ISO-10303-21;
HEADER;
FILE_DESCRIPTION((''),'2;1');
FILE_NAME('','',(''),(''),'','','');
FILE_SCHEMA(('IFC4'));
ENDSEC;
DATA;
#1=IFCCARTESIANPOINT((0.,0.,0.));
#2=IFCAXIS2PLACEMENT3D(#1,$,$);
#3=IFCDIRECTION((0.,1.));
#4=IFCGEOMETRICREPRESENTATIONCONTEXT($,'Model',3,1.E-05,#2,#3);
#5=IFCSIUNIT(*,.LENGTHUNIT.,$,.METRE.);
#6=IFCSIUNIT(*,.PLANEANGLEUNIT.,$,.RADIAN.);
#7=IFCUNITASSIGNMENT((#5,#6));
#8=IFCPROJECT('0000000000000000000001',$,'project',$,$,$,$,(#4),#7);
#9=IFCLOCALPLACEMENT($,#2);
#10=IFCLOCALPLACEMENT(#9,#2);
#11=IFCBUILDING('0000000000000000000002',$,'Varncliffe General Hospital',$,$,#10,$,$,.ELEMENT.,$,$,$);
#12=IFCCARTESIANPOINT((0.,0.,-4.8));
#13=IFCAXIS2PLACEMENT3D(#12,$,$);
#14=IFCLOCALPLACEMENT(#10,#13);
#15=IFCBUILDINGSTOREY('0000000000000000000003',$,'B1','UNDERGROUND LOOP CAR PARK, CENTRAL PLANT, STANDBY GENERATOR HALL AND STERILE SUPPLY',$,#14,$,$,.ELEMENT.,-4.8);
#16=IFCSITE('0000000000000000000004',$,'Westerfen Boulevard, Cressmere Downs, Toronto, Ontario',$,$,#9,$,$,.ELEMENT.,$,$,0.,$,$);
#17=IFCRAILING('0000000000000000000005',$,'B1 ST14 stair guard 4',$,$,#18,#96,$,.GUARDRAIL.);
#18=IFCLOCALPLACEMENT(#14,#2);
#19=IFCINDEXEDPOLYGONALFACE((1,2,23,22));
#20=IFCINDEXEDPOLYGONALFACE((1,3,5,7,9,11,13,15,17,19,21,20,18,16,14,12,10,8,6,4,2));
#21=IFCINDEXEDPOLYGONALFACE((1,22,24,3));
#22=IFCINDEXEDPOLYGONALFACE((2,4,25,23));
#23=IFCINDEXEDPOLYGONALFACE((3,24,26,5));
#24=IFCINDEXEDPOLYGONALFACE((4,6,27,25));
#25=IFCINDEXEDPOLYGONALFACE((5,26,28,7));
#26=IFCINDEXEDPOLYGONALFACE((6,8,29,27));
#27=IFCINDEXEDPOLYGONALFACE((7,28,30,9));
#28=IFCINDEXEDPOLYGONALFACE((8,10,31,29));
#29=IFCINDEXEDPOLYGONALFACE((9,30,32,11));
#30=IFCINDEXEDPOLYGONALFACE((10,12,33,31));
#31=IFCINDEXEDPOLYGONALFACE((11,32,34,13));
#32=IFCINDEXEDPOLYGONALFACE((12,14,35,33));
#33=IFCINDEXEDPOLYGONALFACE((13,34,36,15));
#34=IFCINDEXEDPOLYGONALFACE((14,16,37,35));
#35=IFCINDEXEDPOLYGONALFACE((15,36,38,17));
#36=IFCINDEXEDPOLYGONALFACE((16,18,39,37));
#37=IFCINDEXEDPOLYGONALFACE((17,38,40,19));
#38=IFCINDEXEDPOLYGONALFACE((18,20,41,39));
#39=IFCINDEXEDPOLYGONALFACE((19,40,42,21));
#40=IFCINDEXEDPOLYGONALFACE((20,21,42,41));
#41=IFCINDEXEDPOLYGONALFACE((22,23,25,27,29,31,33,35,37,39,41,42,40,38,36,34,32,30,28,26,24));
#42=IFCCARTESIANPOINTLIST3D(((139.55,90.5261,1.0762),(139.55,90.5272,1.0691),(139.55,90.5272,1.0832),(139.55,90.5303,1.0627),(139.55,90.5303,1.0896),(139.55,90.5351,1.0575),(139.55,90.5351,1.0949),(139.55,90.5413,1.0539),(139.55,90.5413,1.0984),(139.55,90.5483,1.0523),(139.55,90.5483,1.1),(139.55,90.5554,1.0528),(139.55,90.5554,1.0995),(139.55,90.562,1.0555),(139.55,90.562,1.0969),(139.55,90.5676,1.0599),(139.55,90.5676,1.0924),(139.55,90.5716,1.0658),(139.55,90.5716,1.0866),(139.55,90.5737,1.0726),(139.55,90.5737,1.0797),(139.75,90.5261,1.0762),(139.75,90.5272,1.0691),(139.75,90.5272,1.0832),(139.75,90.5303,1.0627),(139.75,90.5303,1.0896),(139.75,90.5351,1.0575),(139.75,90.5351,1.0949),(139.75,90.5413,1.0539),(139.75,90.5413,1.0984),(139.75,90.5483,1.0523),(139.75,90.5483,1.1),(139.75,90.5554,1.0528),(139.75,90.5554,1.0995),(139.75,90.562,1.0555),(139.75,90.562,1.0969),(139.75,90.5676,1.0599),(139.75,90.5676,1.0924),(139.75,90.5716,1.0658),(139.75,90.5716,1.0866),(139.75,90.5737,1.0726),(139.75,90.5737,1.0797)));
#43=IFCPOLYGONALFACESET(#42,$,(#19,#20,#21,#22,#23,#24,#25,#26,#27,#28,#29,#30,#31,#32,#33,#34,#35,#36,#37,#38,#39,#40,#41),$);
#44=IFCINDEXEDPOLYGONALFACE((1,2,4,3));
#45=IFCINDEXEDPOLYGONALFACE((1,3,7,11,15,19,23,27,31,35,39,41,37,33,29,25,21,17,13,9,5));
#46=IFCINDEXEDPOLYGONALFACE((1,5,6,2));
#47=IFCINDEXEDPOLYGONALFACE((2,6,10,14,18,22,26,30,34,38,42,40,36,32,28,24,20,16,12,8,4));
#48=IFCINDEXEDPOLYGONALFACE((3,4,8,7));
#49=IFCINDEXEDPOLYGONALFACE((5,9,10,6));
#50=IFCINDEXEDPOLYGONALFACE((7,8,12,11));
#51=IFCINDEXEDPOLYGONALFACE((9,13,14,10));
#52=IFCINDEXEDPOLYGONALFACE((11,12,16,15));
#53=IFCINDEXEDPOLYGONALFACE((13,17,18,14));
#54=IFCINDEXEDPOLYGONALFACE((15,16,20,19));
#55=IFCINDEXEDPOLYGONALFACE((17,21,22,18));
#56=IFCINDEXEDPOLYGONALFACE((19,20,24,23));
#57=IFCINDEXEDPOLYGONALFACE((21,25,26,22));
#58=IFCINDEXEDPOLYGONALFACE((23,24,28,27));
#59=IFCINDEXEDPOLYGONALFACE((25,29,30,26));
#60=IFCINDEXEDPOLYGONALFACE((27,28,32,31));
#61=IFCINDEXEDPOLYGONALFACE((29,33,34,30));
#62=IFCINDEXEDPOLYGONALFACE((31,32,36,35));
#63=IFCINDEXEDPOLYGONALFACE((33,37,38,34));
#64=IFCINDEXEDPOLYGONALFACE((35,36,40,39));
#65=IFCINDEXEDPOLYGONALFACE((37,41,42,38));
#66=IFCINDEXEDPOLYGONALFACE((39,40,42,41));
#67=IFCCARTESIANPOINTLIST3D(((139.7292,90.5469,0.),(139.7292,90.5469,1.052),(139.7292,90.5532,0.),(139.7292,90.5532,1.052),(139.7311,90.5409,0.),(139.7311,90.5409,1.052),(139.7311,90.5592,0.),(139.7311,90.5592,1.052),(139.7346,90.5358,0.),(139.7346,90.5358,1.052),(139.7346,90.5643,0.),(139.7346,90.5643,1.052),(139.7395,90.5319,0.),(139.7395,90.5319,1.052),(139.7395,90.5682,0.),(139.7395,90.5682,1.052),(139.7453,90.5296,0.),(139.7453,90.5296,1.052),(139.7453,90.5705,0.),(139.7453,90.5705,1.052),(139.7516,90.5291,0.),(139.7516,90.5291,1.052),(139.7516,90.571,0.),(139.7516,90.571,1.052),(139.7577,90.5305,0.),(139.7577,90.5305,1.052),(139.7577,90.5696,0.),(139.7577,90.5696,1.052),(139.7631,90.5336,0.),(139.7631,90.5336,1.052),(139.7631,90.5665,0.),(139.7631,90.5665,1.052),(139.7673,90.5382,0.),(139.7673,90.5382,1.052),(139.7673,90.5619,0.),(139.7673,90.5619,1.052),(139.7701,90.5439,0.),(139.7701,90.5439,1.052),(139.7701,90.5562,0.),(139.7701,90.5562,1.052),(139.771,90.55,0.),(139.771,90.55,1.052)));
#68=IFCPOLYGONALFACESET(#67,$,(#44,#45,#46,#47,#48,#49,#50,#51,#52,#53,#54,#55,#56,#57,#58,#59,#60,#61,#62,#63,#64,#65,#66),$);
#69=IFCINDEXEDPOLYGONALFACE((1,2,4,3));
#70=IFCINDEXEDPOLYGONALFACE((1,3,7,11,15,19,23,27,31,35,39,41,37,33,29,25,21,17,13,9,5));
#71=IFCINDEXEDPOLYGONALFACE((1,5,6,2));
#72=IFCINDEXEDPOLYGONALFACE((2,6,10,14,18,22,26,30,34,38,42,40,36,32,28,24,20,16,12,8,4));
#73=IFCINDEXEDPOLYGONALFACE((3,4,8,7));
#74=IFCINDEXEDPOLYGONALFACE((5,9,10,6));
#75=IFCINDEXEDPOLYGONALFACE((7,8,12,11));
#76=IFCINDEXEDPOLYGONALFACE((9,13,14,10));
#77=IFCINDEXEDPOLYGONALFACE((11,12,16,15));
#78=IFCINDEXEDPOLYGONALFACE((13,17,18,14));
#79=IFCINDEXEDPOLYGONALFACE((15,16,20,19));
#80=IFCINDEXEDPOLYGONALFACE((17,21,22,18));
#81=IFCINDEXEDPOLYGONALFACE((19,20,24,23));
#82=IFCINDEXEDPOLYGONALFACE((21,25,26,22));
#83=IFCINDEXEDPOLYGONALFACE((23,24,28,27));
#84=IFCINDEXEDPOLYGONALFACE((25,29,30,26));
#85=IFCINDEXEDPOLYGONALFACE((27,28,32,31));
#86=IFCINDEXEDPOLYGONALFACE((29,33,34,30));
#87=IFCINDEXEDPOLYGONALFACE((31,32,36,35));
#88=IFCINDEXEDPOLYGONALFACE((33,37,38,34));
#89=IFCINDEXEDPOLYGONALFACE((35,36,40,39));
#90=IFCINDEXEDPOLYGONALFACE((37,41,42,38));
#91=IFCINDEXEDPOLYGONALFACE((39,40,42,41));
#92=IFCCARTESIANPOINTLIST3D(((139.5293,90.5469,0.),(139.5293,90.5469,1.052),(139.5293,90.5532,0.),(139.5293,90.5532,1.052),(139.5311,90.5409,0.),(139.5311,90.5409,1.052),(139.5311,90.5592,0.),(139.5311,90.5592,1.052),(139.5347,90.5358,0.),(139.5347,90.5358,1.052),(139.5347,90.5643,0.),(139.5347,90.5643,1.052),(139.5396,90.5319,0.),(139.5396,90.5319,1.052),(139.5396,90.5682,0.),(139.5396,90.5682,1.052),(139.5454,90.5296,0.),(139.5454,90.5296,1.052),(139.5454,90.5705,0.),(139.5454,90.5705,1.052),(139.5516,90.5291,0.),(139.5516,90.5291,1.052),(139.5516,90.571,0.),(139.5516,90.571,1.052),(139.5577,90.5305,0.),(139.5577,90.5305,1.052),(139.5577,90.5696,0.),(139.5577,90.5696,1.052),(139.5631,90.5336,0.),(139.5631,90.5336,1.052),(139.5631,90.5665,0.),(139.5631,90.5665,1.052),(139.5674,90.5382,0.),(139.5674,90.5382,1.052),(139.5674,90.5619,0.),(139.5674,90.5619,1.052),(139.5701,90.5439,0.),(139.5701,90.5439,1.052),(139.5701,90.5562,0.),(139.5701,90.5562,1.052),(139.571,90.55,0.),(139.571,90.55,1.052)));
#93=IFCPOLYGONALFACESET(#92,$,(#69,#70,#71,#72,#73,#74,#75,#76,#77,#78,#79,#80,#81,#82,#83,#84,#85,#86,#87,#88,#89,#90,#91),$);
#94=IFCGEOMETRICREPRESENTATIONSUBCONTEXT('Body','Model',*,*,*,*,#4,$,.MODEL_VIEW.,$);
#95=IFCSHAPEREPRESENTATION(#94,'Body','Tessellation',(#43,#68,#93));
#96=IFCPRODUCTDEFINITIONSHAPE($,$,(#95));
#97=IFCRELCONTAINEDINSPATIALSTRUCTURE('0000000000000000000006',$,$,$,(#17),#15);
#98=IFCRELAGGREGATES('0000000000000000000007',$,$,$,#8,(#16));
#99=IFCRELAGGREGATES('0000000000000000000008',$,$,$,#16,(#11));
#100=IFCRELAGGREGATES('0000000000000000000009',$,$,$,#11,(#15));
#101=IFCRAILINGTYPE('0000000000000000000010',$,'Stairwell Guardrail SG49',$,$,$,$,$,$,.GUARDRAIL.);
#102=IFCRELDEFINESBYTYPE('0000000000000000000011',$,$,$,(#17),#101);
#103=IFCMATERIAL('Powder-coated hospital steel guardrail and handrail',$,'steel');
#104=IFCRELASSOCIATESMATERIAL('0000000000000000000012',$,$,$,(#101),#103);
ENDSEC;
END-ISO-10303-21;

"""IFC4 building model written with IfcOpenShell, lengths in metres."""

from ifc_helpers import new_model, si_unit, direction, frame, origin, origin_2d, place, context, subcontext, project, spatial, circle, extrude, material, type_object, element, save


model = new_model("IFC4")

# Units and contexts
model_context = context("Model", 3, precision=1e-05, world=origin(), true_north=direction((0.0, 1.0)))
body_context = subcontext(model_context, "Body", "Model", "MODEL_VIEW")
ifc_project = project(units=[si_unit("LENGTHUNIT", "METRE"), si_unit("PLANEANGLEUNIT", "RADIAN")], contexts=[model_context])

# Site, building, storey
site_placement = place(None, origin())
site = spatial("IfcSite", under=ifc_project, at=site_placement, Name="Westerfen Boulevard, Cressmere Downs, Toronto, Ontario", CompositionType="ELEMENT", RefElevation=0.0)
building_placement = place(site_placement, origin())
building = spatial("IfcBuilding", under=site, at=building_placement, Name="Varncliffe General Hospital", CompositionType="ELEMENT")
storey_placement = place(building_placement, frame((0.0, 0.0, -4.8)))
storey = spatial("IfcBuildingStorey", under=building, at=storey_placement, Name="B1", Description="UNDERGROUND LOOP CAR PARK, CENTRAL PLANT, STANDBY GENERATOR HALL AND STERILE SUPPLY", CompositionType="ELEMENT", Elevation=-4.8)

# Railing
ifc_material_1 = material(Name="Powder-coated hospital steel guardrail and handrail", Category="steel")
railing_type_1 = type_object("IfcRailingType", Name="Stairwell Guardrail SG49", PredefinedType="GUARDRAIL", material=ifc_material_1)
railing_1_placement = place(storey_placement, frame((139.75, 90.55, 0.0)))
element("IfcRailing", 1, at=railing_1_placement, inside=storey, type_object=railing_type_1, Name="B1 ST14 stair guard 4", PredefinedType="GUARDRAIL", context=body_context, shape_type="SweptSolid", body=[
    extrude(circle(Radius=0.0239, at=origin_2d()), frame((0.0, 0.0, 1.0762), z_axis=(-1.0, 0.0, 0.0), x_axis=(0.0, -1.0, 0.0)), (0.0, 0.0, 1.0), 0.2),
    extrude(circle(Radius=0.021, at=origin_2d()), origin(), (0.0, 0.0, 1.0), 1.052),
    extrude(circle(Radius=0.021, at=origin_2d()), frame((-0.2, 0.0, 0.0)), (0.0, 0.0, 1.0), 1.052),
])

save(model, "model.ifc")
